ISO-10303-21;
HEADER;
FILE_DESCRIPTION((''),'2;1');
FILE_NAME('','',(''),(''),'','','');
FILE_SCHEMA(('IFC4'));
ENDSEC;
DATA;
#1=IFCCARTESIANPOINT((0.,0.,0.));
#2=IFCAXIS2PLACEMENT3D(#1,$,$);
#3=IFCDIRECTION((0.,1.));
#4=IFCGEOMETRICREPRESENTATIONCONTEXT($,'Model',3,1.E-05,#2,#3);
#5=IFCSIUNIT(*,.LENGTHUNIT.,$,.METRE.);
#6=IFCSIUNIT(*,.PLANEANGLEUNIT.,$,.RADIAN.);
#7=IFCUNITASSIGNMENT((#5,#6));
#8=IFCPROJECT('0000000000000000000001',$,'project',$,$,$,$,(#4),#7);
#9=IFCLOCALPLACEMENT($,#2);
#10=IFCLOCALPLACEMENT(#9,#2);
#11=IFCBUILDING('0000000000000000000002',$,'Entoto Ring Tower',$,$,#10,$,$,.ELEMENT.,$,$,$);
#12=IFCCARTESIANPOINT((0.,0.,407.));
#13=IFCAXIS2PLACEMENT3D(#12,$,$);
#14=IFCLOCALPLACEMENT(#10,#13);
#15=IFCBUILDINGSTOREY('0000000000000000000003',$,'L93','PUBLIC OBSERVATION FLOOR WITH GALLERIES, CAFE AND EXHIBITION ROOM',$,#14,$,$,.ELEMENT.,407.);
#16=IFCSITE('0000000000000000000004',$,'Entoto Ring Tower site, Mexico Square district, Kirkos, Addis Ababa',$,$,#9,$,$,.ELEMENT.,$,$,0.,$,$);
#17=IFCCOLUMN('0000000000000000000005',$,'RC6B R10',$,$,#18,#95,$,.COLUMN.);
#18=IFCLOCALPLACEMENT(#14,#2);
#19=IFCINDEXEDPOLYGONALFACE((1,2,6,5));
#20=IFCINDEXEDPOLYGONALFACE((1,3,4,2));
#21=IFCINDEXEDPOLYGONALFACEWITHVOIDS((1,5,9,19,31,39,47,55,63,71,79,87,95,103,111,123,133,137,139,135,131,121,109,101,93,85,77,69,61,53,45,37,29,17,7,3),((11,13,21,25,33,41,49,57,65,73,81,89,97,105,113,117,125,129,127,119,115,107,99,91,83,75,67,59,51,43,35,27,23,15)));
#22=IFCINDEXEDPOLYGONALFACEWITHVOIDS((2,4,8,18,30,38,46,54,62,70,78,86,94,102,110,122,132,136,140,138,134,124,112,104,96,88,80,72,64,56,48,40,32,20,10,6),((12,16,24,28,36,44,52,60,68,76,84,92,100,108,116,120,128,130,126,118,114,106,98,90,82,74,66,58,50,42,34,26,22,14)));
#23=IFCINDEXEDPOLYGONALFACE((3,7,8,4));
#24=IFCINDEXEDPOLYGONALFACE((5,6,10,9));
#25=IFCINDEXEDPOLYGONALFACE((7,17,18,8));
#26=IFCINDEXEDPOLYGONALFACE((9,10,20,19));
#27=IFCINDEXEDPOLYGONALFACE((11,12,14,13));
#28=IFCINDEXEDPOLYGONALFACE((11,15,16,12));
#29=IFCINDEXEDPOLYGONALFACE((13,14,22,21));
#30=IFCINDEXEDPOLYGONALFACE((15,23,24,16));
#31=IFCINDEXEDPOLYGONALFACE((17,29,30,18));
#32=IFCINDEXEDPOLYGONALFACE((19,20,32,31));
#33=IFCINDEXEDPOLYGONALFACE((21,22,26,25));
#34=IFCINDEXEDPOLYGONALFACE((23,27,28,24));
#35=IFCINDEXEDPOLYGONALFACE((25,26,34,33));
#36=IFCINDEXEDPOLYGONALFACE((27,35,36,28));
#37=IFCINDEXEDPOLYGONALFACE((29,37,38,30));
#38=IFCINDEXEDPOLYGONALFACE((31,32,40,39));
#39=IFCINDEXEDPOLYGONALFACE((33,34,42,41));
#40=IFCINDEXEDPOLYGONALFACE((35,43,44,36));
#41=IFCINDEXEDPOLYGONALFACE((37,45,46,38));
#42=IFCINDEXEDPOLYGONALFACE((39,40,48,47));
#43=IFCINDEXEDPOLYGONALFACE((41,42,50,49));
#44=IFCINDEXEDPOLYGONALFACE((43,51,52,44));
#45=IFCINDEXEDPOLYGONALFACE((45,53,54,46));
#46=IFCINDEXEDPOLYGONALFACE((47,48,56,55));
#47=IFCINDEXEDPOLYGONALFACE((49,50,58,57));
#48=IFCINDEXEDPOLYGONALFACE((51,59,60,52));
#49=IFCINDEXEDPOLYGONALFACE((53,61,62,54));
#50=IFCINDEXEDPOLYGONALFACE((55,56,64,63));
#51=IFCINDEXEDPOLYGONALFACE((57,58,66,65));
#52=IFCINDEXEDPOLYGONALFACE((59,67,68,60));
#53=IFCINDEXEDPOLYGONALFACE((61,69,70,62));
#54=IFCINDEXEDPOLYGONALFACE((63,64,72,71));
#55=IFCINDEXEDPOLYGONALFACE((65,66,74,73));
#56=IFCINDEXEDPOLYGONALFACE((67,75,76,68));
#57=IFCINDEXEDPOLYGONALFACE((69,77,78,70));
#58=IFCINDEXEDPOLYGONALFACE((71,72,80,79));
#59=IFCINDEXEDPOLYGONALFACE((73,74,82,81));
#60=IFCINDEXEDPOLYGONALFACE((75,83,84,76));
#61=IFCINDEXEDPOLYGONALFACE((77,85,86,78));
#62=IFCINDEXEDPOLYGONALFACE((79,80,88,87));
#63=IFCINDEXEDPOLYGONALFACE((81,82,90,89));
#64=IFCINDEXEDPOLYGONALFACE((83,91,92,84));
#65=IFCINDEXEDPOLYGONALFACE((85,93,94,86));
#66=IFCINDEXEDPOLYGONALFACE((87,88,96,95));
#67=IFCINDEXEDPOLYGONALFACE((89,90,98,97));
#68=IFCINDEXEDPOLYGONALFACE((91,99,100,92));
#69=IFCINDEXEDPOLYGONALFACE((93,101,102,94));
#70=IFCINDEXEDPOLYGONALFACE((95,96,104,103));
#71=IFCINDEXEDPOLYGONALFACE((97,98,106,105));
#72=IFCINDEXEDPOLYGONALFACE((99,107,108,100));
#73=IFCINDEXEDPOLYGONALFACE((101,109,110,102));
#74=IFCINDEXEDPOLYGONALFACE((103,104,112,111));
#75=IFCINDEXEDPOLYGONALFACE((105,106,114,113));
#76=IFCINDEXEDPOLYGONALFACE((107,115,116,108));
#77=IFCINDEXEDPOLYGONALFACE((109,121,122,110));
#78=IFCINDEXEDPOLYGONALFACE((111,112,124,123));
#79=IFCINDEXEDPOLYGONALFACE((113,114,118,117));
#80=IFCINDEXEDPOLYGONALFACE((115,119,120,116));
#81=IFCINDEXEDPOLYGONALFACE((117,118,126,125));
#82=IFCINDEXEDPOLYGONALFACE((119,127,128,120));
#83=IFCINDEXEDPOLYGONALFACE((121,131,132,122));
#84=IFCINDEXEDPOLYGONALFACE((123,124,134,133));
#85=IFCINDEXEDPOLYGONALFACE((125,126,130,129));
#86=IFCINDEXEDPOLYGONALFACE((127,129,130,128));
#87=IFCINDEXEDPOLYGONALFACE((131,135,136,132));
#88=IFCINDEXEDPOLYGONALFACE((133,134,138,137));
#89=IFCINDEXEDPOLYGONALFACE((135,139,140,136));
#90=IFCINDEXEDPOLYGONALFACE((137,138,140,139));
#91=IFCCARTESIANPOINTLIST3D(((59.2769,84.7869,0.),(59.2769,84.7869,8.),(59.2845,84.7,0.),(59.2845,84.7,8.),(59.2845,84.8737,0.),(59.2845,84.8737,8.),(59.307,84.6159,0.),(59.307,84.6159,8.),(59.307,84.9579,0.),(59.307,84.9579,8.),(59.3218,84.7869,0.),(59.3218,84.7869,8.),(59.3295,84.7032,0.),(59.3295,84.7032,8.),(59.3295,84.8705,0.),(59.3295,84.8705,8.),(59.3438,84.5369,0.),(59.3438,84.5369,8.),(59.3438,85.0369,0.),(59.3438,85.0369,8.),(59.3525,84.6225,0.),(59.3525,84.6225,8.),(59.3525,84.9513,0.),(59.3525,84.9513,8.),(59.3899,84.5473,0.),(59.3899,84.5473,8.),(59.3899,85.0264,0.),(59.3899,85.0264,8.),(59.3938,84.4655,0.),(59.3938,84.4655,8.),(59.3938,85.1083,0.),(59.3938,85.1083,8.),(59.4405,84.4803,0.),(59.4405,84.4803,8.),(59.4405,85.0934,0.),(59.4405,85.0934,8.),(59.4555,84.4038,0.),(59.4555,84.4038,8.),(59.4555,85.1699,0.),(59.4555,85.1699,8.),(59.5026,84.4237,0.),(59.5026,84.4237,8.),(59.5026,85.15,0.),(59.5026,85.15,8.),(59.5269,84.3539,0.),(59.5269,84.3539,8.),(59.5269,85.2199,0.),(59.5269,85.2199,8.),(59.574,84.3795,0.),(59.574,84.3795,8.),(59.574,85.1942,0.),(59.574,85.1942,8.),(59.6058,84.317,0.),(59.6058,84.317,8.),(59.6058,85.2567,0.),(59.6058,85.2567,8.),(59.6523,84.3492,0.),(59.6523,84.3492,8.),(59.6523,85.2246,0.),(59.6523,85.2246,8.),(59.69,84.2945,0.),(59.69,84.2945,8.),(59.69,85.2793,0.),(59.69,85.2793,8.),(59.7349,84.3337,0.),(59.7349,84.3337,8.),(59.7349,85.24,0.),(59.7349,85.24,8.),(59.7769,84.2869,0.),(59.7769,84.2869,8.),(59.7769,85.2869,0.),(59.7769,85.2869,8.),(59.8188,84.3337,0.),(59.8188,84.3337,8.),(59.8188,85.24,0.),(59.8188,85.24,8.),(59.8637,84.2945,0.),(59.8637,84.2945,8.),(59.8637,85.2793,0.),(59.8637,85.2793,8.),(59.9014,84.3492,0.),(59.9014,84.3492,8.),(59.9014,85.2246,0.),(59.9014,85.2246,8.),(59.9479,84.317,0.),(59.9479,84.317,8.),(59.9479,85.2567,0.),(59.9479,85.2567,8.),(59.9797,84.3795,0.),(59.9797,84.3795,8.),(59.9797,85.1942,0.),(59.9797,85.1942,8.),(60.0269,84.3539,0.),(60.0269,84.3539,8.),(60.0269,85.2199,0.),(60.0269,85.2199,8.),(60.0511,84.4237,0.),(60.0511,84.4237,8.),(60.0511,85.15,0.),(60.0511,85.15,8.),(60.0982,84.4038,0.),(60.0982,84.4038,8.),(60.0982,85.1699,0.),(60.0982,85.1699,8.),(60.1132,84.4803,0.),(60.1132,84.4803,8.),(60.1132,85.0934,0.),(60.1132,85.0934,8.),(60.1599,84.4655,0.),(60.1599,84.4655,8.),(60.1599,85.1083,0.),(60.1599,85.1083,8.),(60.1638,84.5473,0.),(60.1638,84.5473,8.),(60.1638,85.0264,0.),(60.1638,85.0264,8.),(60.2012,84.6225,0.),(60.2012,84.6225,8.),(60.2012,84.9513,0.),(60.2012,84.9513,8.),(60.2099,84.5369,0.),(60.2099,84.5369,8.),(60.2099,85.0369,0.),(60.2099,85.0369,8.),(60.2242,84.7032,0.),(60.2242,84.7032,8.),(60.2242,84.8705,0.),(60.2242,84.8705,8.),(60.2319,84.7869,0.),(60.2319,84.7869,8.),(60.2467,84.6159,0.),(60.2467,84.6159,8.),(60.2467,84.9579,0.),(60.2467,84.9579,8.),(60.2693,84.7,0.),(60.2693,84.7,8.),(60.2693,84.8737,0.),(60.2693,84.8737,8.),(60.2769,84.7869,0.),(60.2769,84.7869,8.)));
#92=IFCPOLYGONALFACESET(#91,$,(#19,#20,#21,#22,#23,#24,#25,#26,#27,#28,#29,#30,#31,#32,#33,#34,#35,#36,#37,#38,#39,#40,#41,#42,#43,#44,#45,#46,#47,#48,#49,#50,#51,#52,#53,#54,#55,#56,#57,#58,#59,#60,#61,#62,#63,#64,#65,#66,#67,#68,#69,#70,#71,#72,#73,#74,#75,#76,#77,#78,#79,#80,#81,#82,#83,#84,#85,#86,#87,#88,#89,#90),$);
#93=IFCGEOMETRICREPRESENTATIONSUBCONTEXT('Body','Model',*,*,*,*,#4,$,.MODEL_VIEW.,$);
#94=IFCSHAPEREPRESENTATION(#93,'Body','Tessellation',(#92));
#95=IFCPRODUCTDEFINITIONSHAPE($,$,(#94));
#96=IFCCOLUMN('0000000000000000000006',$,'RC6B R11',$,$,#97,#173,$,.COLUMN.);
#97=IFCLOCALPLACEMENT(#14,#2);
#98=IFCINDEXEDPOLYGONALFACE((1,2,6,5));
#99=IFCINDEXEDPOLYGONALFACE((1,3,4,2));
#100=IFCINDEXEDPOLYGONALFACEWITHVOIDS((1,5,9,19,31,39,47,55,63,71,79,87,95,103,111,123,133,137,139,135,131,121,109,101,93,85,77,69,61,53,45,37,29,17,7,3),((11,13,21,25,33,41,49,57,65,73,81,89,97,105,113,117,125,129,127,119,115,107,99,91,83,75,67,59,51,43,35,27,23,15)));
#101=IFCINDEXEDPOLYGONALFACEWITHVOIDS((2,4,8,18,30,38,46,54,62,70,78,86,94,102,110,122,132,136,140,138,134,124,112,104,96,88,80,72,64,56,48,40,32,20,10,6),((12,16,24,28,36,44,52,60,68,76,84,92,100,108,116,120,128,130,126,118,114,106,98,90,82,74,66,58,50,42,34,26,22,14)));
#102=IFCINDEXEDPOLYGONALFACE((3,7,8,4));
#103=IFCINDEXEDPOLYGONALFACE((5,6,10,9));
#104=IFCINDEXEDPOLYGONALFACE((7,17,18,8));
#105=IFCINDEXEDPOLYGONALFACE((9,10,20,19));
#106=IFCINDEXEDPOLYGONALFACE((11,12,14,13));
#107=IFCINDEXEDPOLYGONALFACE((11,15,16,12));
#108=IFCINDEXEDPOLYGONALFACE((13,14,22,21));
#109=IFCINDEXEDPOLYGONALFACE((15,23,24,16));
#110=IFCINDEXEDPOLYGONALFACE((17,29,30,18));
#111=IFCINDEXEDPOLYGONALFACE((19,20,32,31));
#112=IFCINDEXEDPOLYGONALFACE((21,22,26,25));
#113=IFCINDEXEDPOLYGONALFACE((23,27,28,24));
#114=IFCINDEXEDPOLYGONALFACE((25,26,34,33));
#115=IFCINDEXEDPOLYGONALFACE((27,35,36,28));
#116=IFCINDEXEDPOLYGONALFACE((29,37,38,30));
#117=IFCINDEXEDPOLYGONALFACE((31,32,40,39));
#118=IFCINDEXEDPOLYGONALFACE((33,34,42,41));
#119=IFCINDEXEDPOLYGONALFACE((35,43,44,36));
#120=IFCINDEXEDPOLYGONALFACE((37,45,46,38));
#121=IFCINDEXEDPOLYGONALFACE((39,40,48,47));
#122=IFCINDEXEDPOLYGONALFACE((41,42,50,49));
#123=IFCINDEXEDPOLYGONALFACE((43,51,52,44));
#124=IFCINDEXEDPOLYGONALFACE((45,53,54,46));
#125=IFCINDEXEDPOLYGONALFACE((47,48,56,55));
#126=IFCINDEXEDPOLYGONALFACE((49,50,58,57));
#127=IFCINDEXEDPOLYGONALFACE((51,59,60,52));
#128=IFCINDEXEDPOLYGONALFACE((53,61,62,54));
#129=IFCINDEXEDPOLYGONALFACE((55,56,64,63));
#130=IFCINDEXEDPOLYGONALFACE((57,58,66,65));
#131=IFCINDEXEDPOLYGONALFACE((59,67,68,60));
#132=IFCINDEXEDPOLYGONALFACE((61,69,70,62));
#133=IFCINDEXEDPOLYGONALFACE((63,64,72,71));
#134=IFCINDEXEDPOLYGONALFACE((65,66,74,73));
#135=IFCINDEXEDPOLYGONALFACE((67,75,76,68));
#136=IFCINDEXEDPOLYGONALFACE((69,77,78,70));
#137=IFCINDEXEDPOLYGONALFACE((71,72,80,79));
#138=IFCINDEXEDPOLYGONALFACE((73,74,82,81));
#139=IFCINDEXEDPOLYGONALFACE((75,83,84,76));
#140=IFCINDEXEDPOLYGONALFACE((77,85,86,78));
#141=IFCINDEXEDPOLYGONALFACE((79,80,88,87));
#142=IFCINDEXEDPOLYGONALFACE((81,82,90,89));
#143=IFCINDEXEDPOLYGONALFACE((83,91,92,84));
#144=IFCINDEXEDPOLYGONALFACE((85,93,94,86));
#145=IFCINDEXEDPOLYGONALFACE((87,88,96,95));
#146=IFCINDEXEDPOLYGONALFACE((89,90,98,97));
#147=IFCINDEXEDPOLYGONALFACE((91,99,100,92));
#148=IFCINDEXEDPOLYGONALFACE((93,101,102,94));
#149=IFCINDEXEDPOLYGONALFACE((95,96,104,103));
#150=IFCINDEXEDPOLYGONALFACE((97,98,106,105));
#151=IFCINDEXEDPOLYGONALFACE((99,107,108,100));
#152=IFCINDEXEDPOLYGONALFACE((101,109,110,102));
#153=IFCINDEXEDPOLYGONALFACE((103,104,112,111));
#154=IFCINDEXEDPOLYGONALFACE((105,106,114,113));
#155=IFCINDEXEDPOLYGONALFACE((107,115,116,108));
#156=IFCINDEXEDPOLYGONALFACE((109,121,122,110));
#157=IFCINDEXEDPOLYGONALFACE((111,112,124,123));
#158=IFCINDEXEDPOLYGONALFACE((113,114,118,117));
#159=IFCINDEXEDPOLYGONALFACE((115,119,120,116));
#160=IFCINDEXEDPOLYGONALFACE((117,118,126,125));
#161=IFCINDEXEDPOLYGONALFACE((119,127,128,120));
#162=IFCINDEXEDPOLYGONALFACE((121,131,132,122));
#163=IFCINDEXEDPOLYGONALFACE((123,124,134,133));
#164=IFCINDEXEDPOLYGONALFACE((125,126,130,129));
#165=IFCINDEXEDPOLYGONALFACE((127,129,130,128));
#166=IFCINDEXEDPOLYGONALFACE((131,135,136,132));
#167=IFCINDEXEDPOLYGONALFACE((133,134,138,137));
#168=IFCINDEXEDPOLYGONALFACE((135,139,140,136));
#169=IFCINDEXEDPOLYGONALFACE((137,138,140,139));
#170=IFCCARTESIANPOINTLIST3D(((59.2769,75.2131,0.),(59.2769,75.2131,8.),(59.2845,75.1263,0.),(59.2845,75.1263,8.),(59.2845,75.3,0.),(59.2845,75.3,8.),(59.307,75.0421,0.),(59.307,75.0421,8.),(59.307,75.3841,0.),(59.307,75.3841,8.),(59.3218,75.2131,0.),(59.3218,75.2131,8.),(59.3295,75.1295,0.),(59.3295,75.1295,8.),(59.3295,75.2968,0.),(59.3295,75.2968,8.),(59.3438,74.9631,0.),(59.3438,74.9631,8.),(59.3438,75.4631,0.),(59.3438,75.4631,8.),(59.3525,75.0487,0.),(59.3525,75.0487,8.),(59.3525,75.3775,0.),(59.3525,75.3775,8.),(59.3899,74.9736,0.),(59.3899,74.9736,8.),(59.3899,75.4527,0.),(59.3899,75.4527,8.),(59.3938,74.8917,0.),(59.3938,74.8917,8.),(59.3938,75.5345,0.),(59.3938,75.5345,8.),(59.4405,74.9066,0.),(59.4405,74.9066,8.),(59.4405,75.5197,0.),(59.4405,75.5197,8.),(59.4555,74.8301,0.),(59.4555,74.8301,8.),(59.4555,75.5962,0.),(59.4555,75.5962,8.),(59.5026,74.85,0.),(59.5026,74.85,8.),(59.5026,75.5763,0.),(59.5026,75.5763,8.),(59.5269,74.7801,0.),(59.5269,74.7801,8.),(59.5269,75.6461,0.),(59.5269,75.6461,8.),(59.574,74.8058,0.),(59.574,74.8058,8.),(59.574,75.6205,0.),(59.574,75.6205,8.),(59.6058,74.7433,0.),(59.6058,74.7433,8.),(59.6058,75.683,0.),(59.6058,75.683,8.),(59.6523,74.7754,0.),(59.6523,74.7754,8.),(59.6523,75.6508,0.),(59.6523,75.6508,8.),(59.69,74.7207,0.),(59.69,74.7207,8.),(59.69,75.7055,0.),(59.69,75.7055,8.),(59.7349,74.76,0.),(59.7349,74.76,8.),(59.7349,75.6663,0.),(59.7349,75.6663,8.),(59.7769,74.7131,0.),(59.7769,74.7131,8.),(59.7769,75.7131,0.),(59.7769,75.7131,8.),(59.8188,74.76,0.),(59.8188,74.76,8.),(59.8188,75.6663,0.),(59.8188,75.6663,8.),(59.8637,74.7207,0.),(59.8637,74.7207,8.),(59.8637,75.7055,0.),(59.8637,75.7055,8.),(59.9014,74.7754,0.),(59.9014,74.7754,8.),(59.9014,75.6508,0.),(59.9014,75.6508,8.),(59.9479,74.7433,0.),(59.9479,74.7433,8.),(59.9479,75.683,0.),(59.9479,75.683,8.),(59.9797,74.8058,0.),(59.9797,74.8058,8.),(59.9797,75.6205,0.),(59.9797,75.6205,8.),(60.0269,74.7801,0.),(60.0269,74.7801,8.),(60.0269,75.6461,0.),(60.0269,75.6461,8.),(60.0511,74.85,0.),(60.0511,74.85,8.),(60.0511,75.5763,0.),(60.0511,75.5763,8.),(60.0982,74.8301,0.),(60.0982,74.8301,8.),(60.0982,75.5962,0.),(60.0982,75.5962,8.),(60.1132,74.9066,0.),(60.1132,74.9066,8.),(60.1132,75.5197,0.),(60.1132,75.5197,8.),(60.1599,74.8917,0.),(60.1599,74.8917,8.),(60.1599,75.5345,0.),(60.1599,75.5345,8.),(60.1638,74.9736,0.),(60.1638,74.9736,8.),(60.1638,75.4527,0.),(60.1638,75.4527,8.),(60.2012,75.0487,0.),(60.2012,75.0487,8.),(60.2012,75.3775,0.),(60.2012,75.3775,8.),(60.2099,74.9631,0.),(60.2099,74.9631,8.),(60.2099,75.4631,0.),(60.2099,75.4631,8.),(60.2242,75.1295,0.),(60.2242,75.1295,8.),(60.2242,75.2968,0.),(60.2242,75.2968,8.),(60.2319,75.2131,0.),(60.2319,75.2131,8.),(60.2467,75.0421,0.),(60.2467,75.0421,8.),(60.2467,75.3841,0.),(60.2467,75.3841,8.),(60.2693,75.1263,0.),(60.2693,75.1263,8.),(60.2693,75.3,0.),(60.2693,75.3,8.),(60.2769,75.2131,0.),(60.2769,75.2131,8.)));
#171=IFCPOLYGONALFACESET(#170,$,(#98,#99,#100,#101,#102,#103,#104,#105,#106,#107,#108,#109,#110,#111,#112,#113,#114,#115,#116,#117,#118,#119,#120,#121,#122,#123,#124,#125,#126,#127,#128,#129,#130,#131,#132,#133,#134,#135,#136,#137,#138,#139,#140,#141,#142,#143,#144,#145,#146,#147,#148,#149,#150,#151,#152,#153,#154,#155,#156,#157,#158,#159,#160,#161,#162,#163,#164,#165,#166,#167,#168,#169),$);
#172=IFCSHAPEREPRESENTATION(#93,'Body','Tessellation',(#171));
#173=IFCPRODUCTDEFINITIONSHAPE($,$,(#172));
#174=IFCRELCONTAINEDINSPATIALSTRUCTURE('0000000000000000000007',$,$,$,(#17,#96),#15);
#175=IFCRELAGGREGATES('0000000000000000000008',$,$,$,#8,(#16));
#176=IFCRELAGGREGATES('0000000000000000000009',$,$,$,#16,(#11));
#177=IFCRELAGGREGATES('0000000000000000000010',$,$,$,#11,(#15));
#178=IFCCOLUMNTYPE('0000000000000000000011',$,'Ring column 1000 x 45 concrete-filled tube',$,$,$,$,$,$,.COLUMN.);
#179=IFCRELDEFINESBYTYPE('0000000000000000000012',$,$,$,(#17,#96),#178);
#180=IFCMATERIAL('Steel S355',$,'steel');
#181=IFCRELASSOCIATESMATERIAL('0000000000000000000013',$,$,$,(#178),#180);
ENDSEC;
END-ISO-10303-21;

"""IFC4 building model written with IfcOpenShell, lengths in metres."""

from ifc_helpers import new_model, si_unit, direction, frame, origin, origin_2d, place, context, subcontext, project, spatial, circle, hollow_circle, extrude, material, material_profile, profile_set, type_object, element, save


model = new_model("IFC4")

# Units and contexts
model_context = context("Model", 3, precision=1e-05, world=origin(), true_north=direction((0.0, 1.0)))
body_context = subcontext(model_context, "Body", "Model", "MODEL_VIEW")
ifc_project = project(units=[si_unit("LENGTHUNIT", "METRE"), si_unit("PLANEANGLEUNIT", "RADIAN")], contexts=[model_context])

# Site, building, storey
site_placement = place(None, origin())
site = spatial("IfcSite", under=ifc_project, at=site_placement, Name="Entoto Ring Tower site, Mexico Square district, Kirkos, Addis Ababa", CompositionType="ELEMENT", RefElevation=0.0)
building_placement = place(site_placement, origin())
building = spatial("IfcBuilding", under=site, at=building_placement, Name="Entoto Ring Tower", CompositionType="ELEMENT")
storey_placement = place(building_placement, frame((0.0, 0.0, 407.0)))
storey = spatial("IfcBuildingStorey", under=building, at=storey_placement, Name="L93", Description="PUBLIC OBSERVATION FLOOR WITH GALLERIES, CAFE AND EXHIBITION ROOM", CompositionType="ELEMENT", Elevation=407.0)

# Columns
ifc_material_1 = material(Name="Steel S355", Category="steel")
ifc_material_profile_1 = material_profile(ifc_material_1, hollow_circle(Radius=0.5, WallThickness=0.0449, at=origin_2d()), Name="CHS 1000 x 45")
ifc_material_2 = material(Name="Concrete C60/75", Category="concrete")
ifc_material_profile_2 = material_profile(ifc_material_2, circle(Radius=0.4551, at=origin_2d()), Name="Concrete C60/75 infill")
ifc_profile_set_1 = profile_set([ifc_material_profile_1, ifc_material_profile_2], Name="Steel S355")
column_type = type_object("IfcColumnType", Name="Ring column 1000 x 45 concrete-filled tube", PredefinedType="COLUMN", material=ifc_profile_set_1)
for number, where, z_axis, x_axis, name in (
    (1, (59.7769, 84.7869, 0.0), (0.0, 0.0, 1.0), (1.0, 0.0, 0.0), "RC6B R10"),
    (2, (59.7769, 75.2131, 0.0), (0.0, 0.0, 1.0), (1.0, 0.0, 0.0), "RC6B R11"),
):
    element("IfcColumn", number, at=place(storey_placement, frame(where, z_axis=z_axis, x_axis=x_axis)), inside=storey, type_object=column_type, Name=name, PredefinedType="COLUMN", context=body_context, shape_type="SweptSolid", body=[
        extrude(hollow_circle(Radius=0.5, WallThickness=0.0449, at=origin_2d()), origin(), (0.0, 0.0, 1.0), 8.0),
    ])

save(model, "model.ifc")
